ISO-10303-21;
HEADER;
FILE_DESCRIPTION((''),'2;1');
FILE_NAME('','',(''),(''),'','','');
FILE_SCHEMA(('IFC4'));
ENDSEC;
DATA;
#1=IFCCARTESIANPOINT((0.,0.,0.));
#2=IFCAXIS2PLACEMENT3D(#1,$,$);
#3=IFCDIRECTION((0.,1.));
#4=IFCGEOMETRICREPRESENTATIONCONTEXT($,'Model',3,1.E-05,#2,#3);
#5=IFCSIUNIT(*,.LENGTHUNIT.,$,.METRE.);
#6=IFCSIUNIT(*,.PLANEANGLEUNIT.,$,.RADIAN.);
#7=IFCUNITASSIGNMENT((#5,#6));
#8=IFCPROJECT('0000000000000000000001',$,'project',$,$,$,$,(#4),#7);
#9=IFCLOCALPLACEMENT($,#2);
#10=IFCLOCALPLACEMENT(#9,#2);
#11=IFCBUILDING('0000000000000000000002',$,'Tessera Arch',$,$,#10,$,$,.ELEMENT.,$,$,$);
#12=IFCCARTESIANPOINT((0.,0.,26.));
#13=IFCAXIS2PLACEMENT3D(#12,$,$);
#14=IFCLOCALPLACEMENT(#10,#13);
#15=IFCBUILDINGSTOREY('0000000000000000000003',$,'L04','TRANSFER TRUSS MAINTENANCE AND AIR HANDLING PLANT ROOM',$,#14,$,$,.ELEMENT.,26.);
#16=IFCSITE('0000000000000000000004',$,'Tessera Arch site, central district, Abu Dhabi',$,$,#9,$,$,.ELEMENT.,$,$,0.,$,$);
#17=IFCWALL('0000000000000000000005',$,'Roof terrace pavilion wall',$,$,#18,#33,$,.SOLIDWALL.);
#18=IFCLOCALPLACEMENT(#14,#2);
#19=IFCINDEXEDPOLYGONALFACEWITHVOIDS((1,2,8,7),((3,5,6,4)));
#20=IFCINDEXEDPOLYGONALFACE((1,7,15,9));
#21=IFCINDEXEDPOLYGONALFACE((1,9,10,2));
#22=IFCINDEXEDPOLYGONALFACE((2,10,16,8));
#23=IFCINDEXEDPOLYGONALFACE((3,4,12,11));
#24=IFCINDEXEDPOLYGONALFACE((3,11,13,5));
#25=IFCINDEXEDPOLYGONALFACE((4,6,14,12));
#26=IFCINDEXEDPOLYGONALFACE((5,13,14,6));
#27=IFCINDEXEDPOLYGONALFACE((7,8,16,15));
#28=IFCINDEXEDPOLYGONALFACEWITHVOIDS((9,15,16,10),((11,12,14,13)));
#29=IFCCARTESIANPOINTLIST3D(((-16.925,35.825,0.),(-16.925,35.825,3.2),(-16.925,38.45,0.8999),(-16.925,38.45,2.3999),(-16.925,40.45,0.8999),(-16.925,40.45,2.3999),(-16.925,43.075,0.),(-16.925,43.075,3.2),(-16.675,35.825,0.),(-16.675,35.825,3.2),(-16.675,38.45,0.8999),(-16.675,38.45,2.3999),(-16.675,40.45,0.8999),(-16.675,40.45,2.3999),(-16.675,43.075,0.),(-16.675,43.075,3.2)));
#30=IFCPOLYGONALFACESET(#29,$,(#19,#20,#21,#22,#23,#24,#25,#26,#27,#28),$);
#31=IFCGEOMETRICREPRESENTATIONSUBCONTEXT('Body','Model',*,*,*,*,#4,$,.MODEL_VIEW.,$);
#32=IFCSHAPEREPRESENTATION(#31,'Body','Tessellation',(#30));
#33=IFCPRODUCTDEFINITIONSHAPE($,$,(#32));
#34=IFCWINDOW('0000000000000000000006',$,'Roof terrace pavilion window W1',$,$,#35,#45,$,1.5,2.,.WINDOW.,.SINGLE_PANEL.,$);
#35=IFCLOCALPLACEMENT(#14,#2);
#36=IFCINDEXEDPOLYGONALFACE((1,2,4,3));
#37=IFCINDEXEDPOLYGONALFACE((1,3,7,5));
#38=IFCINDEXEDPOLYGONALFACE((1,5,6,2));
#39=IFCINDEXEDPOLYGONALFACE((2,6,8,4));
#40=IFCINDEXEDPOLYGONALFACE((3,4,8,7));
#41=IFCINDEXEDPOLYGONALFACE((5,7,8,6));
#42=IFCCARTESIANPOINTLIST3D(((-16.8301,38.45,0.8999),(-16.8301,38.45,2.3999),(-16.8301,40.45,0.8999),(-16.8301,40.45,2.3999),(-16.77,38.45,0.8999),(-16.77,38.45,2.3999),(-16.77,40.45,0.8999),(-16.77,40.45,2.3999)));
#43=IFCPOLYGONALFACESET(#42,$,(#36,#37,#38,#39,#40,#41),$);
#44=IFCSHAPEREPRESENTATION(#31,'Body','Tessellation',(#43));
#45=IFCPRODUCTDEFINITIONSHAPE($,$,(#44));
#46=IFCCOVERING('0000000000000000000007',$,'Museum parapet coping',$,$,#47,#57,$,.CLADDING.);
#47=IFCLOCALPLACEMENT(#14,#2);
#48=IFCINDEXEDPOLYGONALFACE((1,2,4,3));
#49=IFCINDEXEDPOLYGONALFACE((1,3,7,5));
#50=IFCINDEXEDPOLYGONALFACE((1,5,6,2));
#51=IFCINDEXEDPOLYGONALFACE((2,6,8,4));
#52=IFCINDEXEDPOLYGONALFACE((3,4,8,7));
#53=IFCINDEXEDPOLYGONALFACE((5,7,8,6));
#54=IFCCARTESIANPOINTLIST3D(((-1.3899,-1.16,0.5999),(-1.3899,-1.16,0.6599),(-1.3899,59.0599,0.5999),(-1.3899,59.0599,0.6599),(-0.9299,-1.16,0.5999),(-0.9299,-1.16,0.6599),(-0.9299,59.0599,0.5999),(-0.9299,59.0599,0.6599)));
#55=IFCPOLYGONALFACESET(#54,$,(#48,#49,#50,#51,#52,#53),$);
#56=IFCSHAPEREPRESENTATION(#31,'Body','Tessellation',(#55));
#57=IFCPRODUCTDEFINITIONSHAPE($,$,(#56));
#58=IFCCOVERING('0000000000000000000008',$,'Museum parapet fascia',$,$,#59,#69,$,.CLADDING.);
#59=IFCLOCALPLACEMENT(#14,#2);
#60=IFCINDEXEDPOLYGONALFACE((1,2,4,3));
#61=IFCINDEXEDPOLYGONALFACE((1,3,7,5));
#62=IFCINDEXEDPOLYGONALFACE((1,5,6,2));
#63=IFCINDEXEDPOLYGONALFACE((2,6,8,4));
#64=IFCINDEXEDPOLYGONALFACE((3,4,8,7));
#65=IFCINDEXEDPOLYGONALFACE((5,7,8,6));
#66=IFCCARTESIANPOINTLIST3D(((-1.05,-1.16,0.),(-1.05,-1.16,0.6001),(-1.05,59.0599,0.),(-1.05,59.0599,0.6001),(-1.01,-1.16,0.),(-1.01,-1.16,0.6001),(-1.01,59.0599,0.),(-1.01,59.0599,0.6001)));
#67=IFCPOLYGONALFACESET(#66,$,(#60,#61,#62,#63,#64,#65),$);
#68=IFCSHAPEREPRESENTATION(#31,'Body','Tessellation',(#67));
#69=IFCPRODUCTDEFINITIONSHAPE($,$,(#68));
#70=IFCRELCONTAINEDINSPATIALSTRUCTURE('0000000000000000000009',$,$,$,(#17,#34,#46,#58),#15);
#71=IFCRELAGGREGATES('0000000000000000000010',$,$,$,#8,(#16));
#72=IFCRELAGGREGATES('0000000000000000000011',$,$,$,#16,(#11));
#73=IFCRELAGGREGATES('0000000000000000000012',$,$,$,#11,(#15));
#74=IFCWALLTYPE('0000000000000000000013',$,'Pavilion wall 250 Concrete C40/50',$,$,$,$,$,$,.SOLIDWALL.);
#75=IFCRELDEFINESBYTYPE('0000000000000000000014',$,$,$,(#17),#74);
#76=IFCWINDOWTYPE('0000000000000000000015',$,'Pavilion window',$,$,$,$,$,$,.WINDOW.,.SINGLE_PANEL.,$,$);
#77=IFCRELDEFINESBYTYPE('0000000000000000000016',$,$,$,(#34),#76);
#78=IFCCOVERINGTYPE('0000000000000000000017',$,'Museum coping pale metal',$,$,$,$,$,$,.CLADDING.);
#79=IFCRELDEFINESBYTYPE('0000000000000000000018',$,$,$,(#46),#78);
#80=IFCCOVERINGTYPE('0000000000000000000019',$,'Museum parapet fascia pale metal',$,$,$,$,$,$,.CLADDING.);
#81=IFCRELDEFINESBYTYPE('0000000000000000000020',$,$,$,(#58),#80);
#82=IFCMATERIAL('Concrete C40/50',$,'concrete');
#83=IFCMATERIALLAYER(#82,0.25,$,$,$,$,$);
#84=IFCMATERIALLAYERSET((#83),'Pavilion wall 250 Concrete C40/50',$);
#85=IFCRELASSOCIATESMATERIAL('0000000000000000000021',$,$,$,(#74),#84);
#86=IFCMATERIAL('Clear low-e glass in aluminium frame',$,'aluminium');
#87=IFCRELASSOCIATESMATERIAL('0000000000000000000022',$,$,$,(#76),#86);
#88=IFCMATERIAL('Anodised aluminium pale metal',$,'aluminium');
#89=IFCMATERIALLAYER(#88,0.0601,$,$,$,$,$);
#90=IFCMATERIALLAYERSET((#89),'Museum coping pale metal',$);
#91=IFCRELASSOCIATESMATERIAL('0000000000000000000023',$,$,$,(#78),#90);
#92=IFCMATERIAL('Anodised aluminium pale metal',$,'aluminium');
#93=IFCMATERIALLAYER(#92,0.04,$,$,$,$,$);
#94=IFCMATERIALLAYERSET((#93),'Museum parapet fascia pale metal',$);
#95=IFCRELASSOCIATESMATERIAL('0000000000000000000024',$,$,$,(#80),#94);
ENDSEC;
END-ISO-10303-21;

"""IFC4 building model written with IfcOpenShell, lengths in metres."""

from ifc_helpers import new_model, si_unit, direction, frame, frame_2d, origin, origin_2d, place, context, subcontext, project, spatial, rectangle, extrude, material, layer, layer_set, type_object, element, fill, save


model = new_model("IFC4")

# Units and contexts
model_context = context("Model", 3, precision=1e-05, world=origin(), true_north=direction((0.0, 1.0)))
body_context = subcontext(model_context, "Body", "Model", "MODEL_VIEW")
ifc_project = project(units=[si_unit("LENGTHUNIT", "METRE"), si_unit("PLANEANGLEUNIT", "RADIAN")], contexts=[model_context])

# Site, building, storey
site_placement = place(None, origin())
site = spatial("IfcSite", under=ifc_project, at=site_placement, Name="Tessera Arch site, central district, Abu Dhabi", CompositionType="ELEMENT", RefElevation=0.0)
building_placement = place(site_placement, origin())
building = spatial("IfcBuilding", under=site, at=building_placement, Name="Tessera Arch", CompositionType="ELEMENT")
storey_placement = place(building_placement, frame((0.0, 0.0, 26.0)))
storey = spatial("IfcBuildingStorey", under=building, at=storey_placement, Name="L04", Description="TRANSFER TRUSS MAINTENANCE AND AIR HANDLING PLANT ROOM", CompositionType="ELEMENT", Elevation=26.0)

# Shared definitions
ifc_material_1 = material(Name="Concrete C40/50", Category="concrete")
ifc_layer_1 = layer(ifc_material_1, 0.25)
ifc_layer_set_1 = layer_set([ifc_layer_1], Name="Pavilion wall 250 Concrete C40/50")
wall_type = type_object("IfcWallType", Name="Pavilion wall 250 Concrete C40/50", PredefinedType="SOLIDWALL", material=ifc_layer_set_1)

# Wall, opening, window
wall_1_placement = place(storey_placement, frame((-16.8, 35.825, 0.0), z_axis=(0.0, 0.0, 1.0), x_axis=(0.0, 1.0, 0.0)))
wall_1 = element("IfcWall", 1, at=wall_1_placement, inside=storey, type_object=wall_type, Name="Roof terrace pavilion wall", PredefinedType="SOLIDWALL", context=body_context, shape_type="SweptSolid", body=[
    extrude(rectangle(XDim=7.25, YDim=0.25, at=frame_2d((3.625, 0.0))), origin(), (0.0, 0.0, 1.0), 3.2),
])
opening_1_placement = place(wall_1_placement, frame((2.625, 0.0, 0.8999)))
opening_1 = element("IfcOpeningElement", 2, at=opening_1_placement, cuts=wall_1, PredefinedType="OPENING", context=body_context, shape_type="SweptSolid", body=[
    extrude(rectangle(XDim=2.0, YDim=1.5, at=frame_2d((1.0, 0.75))), frame((0.0, 0.135, 0.0), z_axis=(0.0, -1.0, 0.0), x_axis=(1.0, 0.0, 0.0)), (0.0, 0.0, 1.0), 0.27),
])
ifc_material_2 = material(Name="Clear low-e glass in aluminium frame", Category="aluminium")
window_type = type_object("IfcWindowType", Name="Pavilion window", PartitioningType="SINGLE_PANEL", PredefinedType="WINDOW", material=ifc_material_2)
window_placement = place(opening_1_placement, origin())
window = element("IfcWindow", 3, at=window_placement, inside=storey, type_object=window_type, Name="Roof terrace pavilion window W1", OverallHeight=1.5, OverallWidth=2.0, PartitioningType="SINGLE_PANEL", PredefinedType="WINDOW", context=body_context, shape_type="SweptSolid", body=[
    extrude(rectangle(XDim=2.0, YDim=1.5, at=frame_2d((1.0, 0.75))), frame((0.0, 0.03, 0.0), z_axis=(0.0, -1.0, 0.0), x_axis=(1.0, 0.0, 0.0)), (0.0, 0.0, 1.0), 0.0601),
])
fill(opening_1, window)

# Coverings
ifc_material_3 = material(Name="Anodised aluminium pale metal", Category="aluminium")
ifc_layer_2 = layer(ifc_material_3, 0.0601)
ifc_layer_set_2 = layer_set([ifc_layer_2], Name="Museum coping pale metal")
covering_type_1 = type_object("IfcCoveringType", Name="Museum coping pale metal", PredefinedType="CLADDING", material=ifc_layer_set_2)
covering_1_placement = place(storey_placement, frame((-1.1599, 28.95, 0.5999), z_axis=(0.0, 0.0, 1.0), x_axis=(0.0, 1.0, 0.0)))
element("IfcCovering", 4, at=covering_1_placement, inside=storey, type_object=covering_type_1, Name="Museum parapet coping", PredefinedType="CLADDING", context=body_context, shape_type="SweptSolid", body=[
    extrude(rectangle(XDim=60.22, YDim=0.46, at=origin_2d()), origin(), (0.0, 0.0, 1.0), 0.0601),
])
ifc_material_4 = material(Name="Anodised aluminium pale metal", Category="aluminium")
ifc_layer_3 = layer(ifc_material_4, 0.04)
ifc_layer_set_3 = layer_set([ifc_layer_3], Name="Museum parapet fascia pale metal")
covering_type_2 = type_object("IfcCoveringType", Name="Museum parapet fascia pale metal", PredefinedType="CLADDING", material=ifc_layer_set_3)
covering_2_placement = place(storey_placement, frame((-1.03, 28.95, 0.0), z_axis=(0.0, 0.0, 1.0), x_axis=(0.0, 1.0, 0.0)))
element("IfcCovering", 5, at=covering_2_placement, inside=storey, type_object=covering_type_2, Name="Museum parapet fascia", PredefinedType="CLADDING", context=body_context, shape_type="SweptSolid", body=[
    extrude(rectangle(XDim=60.22, YDim=0.04, at=origin_2d()), origin(), (0.0, 0.0, 1.0), 0.6001),
])

save(model, "model.ifc")
